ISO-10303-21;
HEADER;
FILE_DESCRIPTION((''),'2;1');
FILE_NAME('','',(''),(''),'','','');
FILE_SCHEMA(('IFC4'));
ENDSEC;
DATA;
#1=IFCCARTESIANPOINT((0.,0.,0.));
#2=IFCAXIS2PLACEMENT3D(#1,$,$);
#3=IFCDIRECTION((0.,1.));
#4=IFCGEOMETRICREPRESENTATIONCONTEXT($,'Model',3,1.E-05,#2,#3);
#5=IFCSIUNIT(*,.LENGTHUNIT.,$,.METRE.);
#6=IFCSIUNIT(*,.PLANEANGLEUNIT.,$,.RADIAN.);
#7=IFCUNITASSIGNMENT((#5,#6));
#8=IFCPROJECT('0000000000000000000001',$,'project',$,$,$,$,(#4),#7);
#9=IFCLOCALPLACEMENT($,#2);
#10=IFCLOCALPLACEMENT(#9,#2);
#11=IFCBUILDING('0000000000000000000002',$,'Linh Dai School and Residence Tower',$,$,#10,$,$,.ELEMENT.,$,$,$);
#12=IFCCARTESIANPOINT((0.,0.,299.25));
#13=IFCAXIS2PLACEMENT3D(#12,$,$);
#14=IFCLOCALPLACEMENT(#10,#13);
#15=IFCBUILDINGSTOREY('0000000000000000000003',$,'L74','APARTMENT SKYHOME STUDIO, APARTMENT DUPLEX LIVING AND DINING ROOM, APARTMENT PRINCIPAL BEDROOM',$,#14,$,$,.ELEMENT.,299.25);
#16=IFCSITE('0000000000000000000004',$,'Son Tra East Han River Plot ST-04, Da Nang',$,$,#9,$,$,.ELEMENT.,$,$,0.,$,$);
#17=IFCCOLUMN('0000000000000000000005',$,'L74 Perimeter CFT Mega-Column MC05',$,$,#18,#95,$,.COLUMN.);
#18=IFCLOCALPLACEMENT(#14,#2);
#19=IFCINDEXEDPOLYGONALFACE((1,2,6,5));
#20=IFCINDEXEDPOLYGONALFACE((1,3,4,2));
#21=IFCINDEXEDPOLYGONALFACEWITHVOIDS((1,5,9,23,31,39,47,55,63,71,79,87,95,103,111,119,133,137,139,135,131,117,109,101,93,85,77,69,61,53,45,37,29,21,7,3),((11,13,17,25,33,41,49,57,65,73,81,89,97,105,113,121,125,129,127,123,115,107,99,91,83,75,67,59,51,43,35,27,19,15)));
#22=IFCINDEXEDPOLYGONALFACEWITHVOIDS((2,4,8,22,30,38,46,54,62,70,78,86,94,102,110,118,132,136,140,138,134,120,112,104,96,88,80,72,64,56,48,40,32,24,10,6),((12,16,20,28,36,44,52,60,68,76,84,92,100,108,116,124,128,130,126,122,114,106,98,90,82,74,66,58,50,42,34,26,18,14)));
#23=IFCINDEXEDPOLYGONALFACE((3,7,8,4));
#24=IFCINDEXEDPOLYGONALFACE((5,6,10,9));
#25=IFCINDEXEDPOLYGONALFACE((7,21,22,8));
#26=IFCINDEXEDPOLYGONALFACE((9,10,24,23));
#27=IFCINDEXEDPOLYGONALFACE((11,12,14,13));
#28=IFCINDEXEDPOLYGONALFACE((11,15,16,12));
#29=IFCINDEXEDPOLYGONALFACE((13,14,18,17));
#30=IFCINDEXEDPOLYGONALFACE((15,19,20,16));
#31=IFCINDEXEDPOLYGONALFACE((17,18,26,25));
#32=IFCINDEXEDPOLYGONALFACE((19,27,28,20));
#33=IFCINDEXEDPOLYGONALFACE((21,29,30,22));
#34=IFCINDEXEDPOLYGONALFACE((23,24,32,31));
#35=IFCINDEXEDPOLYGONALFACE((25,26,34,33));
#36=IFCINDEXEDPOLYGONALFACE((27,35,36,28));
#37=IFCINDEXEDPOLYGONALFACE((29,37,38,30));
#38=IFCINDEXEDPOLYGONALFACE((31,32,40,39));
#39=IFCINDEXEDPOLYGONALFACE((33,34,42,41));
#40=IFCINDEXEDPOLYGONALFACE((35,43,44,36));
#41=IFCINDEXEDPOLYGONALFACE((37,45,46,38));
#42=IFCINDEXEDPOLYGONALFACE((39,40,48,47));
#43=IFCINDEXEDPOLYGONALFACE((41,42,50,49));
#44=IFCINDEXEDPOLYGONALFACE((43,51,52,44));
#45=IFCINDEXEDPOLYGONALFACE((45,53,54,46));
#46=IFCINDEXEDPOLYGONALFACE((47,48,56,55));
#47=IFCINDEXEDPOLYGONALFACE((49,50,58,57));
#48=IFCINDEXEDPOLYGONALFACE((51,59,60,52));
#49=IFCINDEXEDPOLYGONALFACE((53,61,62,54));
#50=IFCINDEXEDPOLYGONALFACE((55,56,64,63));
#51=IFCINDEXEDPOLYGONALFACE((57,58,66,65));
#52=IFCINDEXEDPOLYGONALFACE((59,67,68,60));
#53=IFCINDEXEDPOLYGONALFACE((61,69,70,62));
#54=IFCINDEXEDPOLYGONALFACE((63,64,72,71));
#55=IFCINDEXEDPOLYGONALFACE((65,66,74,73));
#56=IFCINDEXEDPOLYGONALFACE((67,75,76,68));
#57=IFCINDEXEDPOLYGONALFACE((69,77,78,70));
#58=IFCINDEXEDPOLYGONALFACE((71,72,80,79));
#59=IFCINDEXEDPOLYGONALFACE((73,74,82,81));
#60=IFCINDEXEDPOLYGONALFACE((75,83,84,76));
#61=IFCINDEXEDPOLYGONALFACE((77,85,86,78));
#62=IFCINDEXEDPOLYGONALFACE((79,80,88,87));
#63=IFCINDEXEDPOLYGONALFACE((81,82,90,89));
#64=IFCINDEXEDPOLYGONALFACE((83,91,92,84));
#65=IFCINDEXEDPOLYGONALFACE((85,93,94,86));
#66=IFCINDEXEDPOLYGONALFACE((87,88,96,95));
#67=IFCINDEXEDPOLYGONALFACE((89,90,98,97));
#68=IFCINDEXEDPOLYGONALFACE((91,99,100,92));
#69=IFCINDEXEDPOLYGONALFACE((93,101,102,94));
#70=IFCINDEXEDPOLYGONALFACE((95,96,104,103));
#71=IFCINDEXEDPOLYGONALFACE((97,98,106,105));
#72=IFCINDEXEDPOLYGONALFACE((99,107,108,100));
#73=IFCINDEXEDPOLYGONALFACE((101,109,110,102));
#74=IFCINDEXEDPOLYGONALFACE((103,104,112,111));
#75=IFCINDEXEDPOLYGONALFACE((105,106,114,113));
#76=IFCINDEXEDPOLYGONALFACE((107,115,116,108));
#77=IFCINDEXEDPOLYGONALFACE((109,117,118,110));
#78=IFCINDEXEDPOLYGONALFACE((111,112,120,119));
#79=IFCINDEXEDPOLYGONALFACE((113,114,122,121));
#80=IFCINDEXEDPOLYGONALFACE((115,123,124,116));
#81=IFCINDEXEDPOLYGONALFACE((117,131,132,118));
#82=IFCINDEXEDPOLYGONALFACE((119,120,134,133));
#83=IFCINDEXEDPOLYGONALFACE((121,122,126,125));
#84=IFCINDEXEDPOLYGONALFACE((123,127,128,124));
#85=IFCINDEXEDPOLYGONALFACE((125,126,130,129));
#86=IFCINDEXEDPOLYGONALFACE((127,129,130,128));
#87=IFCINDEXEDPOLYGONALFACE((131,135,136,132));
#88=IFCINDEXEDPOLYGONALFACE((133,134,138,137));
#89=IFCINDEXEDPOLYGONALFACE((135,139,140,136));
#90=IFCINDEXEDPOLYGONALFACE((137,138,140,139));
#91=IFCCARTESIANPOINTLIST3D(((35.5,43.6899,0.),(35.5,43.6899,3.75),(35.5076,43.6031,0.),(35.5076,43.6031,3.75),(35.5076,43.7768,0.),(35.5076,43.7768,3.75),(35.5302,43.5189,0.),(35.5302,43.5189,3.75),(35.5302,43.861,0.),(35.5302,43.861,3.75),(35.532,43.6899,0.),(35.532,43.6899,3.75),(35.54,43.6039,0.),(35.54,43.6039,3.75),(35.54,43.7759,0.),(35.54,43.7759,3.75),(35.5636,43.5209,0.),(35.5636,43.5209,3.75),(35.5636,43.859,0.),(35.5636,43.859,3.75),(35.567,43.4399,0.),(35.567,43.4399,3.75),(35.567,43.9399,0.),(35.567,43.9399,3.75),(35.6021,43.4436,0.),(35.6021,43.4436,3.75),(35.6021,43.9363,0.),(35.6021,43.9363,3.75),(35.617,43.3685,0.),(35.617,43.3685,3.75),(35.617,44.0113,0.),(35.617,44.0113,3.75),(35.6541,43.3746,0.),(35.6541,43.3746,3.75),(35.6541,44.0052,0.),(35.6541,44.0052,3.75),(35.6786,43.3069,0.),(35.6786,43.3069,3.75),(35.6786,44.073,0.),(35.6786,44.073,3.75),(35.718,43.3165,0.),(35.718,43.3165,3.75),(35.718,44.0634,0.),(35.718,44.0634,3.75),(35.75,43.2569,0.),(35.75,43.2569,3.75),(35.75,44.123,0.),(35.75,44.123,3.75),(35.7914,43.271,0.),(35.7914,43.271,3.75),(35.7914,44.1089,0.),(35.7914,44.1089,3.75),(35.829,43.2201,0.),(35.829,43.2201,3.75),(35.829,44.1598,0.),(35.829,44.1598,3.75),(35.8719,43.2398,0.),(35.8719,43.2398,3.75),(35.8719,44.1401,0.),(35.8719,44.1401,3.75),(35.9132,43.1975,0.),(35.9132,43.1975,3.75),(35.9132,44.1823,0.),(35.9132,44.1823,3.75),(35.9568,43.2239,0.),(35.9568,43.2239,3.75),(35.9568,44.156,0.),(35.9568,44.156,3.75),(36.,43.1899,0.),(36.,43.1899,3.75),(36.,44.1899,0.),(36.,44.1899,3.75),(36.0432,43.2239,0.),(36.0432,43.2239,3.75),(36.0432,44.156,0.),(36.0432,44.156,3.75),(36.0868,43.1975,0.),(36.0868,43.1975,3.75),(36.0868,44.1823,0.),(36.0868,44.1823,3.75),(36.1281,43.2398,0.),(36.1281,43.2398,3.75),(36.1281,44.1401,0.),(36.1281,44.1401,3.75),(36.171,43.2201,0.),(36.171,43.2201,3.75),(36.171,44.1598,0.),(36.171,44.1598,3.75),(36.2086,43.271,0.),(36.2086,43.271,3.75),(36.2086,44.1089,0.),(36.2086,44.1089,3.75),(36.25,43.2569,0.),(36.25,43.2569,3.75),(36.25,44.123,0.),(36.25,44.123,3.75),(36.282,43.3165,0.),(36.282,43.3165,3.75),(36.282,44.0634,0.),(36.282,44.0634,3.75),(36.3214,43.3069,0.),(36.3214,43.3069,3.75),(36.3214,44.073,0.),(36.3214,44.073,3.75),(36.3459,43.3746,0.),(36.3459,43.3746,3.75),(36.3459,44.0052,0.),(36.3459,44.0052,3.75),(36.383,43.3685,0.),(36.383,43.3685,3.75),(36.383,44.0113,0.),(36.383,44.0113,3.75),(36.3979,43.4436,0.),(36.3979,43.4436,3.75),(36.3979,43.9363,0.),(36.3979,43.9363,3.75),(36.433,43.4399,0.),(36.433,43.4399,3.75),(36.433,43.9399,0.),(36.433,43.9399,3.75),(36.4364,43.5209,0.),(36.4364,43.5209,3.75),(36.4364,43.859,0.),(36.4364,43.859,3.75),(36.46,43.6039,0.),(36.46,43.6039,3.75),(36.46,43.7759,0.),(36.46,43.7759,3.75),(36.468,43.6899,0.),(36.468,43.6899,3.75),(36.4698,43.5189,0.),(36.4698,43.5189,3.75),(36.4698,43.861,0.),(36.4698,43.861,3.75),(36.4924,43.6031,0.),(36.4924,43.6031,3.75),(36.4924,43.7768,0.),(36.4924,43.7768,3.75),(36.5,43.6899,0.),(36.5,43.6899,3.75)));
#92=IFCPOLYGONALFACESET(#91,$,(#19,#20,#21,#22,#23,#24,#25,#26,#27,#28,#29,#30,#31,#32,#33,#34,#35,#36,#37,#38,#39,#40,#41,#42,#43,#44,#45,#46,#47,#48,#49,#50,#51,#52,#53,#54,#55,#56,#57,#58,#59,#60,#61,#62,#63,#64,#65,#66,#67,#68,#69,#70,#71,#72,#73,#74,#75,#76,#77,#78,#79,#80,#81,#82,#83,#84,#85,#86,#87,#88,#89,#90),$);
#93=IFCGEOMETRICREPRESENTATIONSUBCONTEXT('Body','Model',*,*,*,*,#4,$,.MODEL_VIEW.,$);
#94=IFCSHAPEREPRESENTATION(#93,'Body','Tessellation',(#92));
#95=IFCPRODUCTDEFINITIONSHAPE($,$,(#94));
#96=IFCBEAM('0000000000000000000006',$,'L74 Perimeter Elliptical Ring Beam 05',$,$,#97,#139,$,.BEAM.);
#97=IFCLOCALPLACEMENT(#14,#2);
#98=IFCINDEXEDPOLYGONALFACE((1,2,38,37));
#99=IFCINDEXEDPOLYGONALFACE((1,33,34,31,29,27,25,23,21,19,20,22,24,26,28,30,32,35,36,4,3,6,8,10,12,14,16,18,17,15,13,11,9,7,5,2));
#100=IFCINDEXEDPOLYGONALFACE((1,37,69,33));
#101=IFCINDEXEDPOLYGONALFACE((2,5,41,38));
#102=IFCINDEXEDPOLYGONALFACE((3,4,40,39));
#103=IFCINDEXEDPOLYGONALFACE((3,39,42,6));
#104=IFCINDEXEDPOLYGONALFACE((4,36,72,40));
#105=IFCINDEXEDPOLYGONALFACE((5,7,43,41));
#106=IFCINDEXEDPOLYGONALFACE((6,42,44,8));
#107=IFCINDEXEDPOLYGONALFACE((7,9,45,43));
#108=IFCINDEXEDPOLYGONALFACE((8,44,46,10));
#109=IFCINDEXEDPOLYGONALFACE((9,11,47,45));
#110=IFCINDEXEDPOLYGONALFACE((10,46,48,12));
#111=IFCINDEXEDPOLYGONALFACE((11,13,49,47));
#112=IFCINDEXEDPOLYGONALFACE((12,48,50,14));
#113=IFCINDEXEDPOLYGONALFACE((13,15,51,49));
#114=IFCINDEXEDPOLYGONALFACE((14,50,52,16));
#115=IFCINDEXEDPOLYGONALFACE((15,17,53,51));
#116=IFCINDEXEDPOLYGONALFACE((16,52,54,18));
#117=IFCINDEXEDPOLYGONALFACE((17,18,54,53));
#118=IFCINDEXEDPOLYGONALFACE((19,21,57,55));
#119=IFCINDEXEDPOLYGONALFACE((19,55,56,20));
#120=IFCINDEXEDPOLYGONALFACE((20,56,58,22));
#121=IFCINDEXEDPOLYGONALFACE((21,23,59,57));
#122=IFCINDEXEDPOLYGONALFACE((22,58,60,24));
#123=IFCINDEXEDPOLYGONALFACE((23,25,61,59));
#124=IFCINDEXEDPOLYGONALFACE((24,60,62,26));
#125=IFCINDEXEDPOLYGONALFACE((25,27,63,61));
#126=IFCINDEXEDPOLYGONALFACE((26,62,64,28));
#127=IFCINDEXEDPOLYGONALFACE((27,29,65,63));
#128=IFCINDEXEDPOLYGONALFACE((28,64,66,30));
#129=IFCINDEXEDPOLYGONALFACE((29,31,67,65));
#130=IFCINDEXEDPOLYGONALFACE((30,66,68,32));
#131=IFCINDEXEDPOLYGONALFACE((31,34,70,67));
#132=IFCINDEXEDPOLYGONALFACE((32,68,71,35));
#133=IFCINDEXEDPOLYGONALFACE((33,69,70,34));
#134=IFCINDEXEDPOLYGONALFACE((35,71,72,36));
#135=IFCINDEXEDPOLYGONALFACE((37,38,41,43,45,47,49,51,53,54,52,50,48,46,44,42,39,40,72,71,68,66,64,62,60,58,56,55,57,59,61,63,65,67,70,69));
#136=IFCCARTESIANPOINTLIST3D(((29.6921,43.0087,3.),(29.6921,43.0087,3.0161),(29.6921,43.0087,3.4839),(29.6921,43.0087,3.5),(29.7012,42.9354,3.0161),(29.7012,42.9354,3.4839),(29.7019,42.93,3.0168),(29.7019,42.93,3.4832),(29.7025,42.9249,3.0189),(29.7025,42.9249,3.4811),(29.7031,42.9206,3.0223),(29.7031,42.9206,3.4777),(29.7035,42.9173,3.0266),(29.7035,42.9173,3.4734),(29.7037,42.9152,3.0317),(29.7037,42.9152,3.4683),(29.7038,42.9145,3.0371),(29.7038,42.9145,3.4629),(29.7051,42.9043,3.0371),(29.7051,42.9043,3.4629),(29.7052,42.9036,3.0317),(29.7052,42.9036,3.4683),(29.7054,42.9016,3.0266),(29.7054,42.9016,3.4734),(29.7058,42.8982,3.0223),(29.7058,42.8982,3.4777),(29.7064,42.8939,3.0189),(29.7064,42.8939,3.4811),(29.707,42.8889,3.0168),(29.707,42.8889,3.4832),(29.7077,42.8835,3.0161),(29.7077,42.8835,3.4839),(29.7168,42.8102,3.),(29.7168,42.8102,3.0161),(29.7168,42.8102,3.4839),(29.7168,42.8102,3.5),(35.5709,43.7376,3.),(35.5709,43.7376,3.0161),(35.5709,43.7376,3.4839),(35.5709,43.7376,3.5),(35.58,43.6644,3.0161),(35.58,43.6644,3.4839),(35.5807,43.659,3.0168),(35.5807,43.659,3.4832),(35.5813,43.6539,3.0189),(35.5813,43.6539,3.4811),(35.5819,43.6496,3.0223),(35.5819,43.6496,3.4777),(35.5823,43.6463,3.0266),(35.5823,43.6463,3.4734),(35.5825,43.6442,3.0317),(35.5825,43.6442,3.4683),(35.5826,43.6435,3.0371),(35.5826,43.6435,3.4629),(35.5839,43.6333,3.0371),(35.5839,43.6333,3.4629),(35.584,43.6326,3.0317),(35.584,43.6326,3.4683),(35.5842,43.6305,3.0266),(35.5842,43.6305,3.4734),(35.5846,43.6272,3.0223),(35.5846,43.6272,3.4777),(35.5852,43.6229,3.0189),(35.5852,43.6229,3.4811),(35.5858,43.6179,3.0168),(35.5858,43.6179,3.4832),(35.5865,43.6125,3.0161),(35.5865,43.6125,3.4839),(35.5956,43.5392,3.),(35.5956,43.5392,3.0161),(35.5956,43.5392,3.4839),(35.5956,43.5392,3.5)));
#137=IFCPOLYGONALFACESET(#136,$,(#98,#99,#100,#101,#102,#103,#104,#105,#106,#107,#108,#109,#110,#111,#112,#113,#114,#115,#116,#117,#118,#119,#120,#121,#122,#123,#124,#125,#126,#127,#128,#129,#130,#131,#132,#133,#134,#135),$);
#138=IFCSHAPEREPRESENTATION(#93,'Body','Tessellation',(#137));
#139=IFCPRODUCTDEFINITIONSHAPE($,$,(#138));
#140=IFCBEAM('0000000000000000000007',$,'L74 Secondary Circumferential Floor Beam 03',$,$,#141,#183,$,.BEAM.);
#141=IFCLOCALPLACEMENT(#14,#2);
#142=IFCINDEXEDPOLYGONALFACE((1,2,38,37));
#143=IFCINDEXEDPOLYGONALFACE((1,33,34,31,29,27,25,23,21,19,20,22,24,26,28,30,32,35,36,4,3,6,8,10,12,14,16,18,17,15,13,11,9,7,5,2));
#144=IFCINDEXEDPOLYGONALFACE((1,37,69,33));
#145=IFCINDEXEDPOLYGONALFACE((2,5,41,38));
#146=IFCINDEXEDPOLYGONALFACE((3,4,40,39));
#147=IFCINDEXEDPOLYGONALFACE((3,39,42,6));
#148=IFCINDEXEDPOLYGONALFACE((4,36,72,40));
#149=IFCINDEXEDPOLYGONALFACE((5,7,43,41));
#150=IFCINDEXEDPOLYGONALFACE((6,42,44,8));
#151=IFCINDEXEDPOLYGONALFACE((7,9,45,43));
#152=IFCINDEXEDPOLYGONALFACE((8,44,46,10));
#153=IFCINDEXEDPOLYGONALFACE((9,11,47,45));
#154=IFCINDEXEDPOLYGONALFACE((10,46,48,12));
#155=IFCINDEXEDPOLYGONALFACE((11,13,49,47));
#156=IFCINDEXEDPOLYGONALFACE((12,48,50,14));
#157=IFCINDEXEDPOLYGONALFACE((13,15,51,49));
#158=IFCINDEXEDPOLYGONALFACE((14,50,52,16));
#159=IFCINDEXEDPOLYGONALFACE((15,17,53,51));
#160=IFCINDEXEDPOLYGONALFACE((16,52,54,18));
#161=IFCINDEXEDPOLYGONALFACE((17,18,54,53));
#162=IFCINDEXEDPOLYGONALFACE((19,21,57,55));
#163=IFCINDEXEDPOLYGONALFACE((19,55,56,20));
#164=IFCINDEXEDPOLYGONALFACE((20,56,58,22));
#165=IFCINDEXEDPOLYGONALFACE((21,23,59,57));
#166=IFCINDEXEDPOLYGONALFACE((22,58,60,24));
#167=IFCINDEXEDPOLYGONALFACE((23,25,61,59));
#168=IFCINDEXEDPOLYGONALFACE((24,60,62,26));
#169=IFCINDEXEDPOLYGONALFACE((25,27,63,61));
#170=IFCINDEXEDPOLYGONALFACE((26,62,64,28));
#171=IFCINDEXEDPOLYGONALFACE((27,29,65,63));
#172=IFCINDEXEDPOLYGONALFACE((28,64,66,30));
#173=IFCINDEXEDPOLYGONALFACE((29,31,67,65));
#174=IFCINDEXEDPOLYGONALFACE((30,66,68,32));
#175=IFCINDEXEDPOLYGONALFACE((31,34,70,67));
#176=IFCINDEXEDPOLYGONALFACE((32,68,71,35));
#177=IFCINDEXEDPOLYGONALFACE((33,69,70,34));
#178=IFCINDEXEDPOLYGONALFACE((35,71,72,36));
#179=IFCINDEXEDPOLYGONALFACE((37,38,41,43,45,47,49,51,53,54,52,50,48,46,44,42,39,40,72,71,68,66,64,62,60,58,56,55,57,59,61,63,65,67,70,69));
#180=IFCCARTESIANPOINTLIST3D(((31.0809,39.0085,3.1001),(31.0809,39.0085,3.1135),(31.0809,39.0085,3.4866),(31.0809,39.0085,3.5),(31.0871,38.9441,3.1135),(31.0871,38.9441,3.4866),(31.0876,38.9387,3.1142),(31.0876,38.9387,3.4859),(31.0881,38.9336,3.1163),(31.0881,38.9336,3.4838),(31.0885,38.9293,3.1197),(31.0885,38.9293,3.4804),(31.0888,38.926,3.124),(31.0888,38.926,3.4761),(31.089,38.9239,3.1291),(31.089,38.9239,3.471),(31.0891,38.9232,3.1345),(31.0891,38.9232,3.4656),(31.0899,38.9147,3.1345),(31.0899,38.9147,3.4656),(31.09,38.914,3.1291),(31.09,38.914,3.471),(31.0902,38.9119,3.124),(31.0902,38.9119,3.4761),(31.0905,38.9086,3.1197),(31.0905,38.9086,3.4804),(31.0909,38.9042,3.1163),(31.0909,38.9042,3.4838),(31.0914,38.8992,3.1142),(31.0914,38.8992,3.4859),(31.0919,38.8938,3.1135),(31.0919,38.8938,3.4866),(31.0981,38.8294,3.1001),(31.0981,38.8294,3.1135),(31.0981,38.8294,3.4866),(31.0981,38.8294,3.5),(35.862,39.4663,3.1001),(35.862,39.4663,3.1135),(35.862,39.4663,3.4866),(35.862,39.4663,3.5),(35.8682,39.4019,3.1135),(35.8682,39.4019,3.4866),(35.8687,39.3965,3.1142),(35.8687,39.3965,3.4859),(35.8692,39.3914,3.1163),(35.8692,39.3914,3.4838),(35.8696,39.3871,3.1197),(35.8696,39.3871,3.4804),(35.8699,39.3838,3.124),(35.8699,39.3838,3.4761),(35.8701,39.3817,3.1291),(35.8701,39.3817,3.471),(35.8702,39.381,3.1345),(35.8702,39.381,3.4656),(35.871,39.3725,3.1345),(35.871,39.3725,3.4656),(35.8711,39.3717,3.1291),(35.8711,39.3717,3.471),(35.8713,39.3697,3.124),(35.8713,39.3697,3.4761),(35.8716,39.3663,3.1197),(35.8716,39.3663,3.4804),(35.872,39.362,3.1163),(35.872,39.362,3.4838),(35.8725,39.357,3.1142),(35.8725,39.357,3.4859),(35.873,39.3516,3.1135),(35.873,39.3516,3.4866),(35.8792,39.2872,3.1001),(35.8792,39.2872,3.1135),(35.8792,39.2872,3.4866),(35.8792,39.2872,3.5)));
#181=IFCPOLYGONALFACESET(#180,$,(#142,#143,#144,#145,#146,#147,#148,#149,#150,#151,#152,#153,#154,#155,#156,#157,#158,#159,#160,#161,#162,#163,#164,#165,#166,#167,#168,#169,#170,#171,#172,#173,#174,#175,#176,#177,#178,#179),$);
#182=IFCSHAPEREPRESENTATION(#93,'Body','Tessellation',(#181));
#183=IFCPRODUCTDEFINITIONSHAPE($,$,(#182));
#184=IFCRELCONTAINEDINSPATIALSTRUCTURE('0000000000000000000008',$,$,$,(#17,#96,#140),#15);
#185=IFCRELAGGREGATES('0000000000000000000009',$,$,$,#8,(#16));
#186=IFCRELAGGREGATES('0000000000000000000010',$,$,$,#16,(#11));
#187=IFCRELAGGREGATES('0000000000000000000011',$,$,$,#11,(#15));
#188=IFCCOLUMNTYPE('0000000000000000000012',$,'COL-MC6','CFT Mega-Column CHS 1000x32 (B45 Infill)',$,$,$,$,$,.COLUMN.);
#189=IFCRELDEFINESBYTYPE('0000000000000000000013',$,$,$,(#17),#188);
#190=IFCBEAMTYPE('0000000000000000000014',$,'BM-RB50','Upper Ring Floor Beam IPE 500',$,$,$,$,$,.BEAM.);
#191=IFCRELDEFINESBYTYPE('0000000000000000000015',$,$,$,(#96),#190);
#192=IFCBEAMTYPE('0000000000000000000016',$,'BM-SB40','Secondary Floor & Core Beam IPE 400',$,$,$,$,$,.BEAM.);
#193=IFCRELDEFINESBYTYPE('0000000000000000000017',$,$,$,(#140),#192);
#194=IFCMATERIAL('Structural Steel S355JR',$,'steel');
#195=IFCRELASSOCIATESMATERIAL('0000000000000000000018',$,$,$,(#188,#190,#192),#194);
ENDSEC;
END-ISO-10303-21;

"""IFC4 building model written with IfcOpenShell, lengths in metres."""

from ifc_helpers import new_model, si_unit, direction, frame, origin, origin_2d, place, context, subcontext, project, spatial, hollow_circle, i_section, extrude, material, material_profile, profile_set, type_object, element, save


model = new_model("IFC4")

# Units and contexts
model_context = context("Model", 3, precision=1e-05, world=origin(), true_north=direction((0.0, 1.0)))
body_context = subcontext(model_context, "Body", "Model", "MODEL_VIEW")
ifc_project = project(units=[si_unit("LENGTHUNIT", "METRE"), si_unit("PLANEANGLEUNIT", "RADIAN")], contexts=[model_context])

# Site, building, storey
site_placement = place(None, origin())
site = spatial("IfcSite", under=ifc_project, at=site_placement, Name="Son Tra East Han River Plot ST-04, Da Nang", CompositionType="ELEMENT", RefElevation=0.0)
building_placement = place(site_placement, origin())
building = spatial("IfcBuilding", under=site, at=building_placement, Name="Linh Dai School and Residence Tower", CompositionType="ELEMENT")
storey_placement = place(building_placement, frame((0.0, 0.0, 299.25)))
storey = spatial("IfcBuildingStorey", under=building, at=storey_placement, Name="L74", Description="APARTMENT SKYHOME STUDIO, APARTMENT DUPLEX LIVING AND DINING ROOM, APARTMENT PRINCIPAL BEDROOM", CompositionType="ELEMENT", Elevation=299.25)

# Column
ifc_material_1 = material(Name="Structural Steel S355JR", Category="steel")
ifc_material_profile_1 = material_profile(ifc_material_1, hollow_circle(Radius=0.5, WallThickness=0.032, at=origin_2d()), Name="CHS 1000x32")
ifc_profile_set_1 = profile_set([ifc_material_profile_1], Name="Structural Steel S355JR")
column_type = type_object("IfcColumnType", Name="COL-MC6", Description="CFT Mega-Column CHS 1000x32 (B45 Infill)", PredefinedType="COLUMN", material=ifc_profile_set_1)
column_placement = place(storey_placement, frame((36.0, 43.6899, 0.0), z_axis=(0.0, 0.0, 1.0), x_axis=(1.0, 0.0, 0.0)))
element("IfcColumn", 1, at=column_placement, inside=storey, type_object=column_type, Name="L74 Perimeter CFT Mega-Column MC05", PredefinedType="COLUMN", context=body_context, shape_type="SweptSolid", body=[
    extrude(hollow_circle(Radius=0.5, WallThickness=0.032, at=origin_2d()), origin(), (0.0, 0.0, 1.0), 3.75),
])

# Beams
ifc_material_profile_2 = material_profile(ifc_material_1, i_section(OverallWidth=0.2, OverallDepth=0.5, WebThickness=0.0103, FlangeThickness=0.0161, FilletRadius=0.021, at=origin_2d()), Name="IPE 500")
ifc_profile_set_2 = profile_set([ifc_material_profile_2], Name="Structural Steel S355JR")
beam_type_1 = type_object("IfcBeamType", Name="BM-RB50", Description="Upper Ring Floor Beam IPE 500", PredefinedType="BEAM", material=ifc_profile_set_2)
beam_1_placement = place(storey_placement, frame((35.5833, 43.6384, 3.25), z_axis=(-0.992399, -0.123061, 0.0), x_axis=(0.123061, -0.992399, 0.0)))
element("IfcBeam", 2, at=beam_1_placement, inside=storey, type_object=beam_type_1, Name="L74 Perimeter Elliptical Ring Beam 05", PredefinedType="BEAM", context=body_context, shape_type="SweptSolid", body=[
    extrude(i_section(OverallWidth=0.2, OverallDepth=0.5, WebThickness=0.0103, FlangeThickness=0.0161, FilletRadius=0.021, at=origin_2d()), origin(), (0.0, 0.0, 1.0), 5.9238),
])
ifc_material_profile_3 = material_profile(ifc_material_1, i_section(OverallWidth=0.1799, OverallDepth=0.3999, WebThickness=0.0085, FlangeThickness=0.0134, FilletRadius=0.021, at=origin_2d()), Name="IPE 400")
ifc_profile_set_3 = profile_set([ifc_material_profile_3], Name="Structural Steel S355JR")
beam_type_2 = type_object("IfcBeamType", Name="BM-SB40", Description="Secondary Floor & Core Beam IPE 400", PredefinedType="BEAM", material=ifc_profile_set_3)
beam_2_placement = place(storey_placement, frame((35.8706, 39.3767, 3.3), z_axis=(-0.995448, -0.09531, 0.0), x_axis=(0.09531, -0.995448, 0.0)))
element("IfcBeam", 3, at=beam_2_placement, inside=storey, type_object=beam_type_2, Name="L74 Secondary Circumferential Floor Beam 03", PredefinedType="BEAM", context=body_context, shape_type="SweptSolid", body=[
    extrude(i_section(OverallWidth=0.1799, OverallDepth=0.3999, WebThickness=0.0085, FlangeThickness=0.0134, FilletRadius=0.021, at=origin_2d()), origin(), (0.0, 0.0, 1.0), 4.803),
])

save(model, "model.ifc")
